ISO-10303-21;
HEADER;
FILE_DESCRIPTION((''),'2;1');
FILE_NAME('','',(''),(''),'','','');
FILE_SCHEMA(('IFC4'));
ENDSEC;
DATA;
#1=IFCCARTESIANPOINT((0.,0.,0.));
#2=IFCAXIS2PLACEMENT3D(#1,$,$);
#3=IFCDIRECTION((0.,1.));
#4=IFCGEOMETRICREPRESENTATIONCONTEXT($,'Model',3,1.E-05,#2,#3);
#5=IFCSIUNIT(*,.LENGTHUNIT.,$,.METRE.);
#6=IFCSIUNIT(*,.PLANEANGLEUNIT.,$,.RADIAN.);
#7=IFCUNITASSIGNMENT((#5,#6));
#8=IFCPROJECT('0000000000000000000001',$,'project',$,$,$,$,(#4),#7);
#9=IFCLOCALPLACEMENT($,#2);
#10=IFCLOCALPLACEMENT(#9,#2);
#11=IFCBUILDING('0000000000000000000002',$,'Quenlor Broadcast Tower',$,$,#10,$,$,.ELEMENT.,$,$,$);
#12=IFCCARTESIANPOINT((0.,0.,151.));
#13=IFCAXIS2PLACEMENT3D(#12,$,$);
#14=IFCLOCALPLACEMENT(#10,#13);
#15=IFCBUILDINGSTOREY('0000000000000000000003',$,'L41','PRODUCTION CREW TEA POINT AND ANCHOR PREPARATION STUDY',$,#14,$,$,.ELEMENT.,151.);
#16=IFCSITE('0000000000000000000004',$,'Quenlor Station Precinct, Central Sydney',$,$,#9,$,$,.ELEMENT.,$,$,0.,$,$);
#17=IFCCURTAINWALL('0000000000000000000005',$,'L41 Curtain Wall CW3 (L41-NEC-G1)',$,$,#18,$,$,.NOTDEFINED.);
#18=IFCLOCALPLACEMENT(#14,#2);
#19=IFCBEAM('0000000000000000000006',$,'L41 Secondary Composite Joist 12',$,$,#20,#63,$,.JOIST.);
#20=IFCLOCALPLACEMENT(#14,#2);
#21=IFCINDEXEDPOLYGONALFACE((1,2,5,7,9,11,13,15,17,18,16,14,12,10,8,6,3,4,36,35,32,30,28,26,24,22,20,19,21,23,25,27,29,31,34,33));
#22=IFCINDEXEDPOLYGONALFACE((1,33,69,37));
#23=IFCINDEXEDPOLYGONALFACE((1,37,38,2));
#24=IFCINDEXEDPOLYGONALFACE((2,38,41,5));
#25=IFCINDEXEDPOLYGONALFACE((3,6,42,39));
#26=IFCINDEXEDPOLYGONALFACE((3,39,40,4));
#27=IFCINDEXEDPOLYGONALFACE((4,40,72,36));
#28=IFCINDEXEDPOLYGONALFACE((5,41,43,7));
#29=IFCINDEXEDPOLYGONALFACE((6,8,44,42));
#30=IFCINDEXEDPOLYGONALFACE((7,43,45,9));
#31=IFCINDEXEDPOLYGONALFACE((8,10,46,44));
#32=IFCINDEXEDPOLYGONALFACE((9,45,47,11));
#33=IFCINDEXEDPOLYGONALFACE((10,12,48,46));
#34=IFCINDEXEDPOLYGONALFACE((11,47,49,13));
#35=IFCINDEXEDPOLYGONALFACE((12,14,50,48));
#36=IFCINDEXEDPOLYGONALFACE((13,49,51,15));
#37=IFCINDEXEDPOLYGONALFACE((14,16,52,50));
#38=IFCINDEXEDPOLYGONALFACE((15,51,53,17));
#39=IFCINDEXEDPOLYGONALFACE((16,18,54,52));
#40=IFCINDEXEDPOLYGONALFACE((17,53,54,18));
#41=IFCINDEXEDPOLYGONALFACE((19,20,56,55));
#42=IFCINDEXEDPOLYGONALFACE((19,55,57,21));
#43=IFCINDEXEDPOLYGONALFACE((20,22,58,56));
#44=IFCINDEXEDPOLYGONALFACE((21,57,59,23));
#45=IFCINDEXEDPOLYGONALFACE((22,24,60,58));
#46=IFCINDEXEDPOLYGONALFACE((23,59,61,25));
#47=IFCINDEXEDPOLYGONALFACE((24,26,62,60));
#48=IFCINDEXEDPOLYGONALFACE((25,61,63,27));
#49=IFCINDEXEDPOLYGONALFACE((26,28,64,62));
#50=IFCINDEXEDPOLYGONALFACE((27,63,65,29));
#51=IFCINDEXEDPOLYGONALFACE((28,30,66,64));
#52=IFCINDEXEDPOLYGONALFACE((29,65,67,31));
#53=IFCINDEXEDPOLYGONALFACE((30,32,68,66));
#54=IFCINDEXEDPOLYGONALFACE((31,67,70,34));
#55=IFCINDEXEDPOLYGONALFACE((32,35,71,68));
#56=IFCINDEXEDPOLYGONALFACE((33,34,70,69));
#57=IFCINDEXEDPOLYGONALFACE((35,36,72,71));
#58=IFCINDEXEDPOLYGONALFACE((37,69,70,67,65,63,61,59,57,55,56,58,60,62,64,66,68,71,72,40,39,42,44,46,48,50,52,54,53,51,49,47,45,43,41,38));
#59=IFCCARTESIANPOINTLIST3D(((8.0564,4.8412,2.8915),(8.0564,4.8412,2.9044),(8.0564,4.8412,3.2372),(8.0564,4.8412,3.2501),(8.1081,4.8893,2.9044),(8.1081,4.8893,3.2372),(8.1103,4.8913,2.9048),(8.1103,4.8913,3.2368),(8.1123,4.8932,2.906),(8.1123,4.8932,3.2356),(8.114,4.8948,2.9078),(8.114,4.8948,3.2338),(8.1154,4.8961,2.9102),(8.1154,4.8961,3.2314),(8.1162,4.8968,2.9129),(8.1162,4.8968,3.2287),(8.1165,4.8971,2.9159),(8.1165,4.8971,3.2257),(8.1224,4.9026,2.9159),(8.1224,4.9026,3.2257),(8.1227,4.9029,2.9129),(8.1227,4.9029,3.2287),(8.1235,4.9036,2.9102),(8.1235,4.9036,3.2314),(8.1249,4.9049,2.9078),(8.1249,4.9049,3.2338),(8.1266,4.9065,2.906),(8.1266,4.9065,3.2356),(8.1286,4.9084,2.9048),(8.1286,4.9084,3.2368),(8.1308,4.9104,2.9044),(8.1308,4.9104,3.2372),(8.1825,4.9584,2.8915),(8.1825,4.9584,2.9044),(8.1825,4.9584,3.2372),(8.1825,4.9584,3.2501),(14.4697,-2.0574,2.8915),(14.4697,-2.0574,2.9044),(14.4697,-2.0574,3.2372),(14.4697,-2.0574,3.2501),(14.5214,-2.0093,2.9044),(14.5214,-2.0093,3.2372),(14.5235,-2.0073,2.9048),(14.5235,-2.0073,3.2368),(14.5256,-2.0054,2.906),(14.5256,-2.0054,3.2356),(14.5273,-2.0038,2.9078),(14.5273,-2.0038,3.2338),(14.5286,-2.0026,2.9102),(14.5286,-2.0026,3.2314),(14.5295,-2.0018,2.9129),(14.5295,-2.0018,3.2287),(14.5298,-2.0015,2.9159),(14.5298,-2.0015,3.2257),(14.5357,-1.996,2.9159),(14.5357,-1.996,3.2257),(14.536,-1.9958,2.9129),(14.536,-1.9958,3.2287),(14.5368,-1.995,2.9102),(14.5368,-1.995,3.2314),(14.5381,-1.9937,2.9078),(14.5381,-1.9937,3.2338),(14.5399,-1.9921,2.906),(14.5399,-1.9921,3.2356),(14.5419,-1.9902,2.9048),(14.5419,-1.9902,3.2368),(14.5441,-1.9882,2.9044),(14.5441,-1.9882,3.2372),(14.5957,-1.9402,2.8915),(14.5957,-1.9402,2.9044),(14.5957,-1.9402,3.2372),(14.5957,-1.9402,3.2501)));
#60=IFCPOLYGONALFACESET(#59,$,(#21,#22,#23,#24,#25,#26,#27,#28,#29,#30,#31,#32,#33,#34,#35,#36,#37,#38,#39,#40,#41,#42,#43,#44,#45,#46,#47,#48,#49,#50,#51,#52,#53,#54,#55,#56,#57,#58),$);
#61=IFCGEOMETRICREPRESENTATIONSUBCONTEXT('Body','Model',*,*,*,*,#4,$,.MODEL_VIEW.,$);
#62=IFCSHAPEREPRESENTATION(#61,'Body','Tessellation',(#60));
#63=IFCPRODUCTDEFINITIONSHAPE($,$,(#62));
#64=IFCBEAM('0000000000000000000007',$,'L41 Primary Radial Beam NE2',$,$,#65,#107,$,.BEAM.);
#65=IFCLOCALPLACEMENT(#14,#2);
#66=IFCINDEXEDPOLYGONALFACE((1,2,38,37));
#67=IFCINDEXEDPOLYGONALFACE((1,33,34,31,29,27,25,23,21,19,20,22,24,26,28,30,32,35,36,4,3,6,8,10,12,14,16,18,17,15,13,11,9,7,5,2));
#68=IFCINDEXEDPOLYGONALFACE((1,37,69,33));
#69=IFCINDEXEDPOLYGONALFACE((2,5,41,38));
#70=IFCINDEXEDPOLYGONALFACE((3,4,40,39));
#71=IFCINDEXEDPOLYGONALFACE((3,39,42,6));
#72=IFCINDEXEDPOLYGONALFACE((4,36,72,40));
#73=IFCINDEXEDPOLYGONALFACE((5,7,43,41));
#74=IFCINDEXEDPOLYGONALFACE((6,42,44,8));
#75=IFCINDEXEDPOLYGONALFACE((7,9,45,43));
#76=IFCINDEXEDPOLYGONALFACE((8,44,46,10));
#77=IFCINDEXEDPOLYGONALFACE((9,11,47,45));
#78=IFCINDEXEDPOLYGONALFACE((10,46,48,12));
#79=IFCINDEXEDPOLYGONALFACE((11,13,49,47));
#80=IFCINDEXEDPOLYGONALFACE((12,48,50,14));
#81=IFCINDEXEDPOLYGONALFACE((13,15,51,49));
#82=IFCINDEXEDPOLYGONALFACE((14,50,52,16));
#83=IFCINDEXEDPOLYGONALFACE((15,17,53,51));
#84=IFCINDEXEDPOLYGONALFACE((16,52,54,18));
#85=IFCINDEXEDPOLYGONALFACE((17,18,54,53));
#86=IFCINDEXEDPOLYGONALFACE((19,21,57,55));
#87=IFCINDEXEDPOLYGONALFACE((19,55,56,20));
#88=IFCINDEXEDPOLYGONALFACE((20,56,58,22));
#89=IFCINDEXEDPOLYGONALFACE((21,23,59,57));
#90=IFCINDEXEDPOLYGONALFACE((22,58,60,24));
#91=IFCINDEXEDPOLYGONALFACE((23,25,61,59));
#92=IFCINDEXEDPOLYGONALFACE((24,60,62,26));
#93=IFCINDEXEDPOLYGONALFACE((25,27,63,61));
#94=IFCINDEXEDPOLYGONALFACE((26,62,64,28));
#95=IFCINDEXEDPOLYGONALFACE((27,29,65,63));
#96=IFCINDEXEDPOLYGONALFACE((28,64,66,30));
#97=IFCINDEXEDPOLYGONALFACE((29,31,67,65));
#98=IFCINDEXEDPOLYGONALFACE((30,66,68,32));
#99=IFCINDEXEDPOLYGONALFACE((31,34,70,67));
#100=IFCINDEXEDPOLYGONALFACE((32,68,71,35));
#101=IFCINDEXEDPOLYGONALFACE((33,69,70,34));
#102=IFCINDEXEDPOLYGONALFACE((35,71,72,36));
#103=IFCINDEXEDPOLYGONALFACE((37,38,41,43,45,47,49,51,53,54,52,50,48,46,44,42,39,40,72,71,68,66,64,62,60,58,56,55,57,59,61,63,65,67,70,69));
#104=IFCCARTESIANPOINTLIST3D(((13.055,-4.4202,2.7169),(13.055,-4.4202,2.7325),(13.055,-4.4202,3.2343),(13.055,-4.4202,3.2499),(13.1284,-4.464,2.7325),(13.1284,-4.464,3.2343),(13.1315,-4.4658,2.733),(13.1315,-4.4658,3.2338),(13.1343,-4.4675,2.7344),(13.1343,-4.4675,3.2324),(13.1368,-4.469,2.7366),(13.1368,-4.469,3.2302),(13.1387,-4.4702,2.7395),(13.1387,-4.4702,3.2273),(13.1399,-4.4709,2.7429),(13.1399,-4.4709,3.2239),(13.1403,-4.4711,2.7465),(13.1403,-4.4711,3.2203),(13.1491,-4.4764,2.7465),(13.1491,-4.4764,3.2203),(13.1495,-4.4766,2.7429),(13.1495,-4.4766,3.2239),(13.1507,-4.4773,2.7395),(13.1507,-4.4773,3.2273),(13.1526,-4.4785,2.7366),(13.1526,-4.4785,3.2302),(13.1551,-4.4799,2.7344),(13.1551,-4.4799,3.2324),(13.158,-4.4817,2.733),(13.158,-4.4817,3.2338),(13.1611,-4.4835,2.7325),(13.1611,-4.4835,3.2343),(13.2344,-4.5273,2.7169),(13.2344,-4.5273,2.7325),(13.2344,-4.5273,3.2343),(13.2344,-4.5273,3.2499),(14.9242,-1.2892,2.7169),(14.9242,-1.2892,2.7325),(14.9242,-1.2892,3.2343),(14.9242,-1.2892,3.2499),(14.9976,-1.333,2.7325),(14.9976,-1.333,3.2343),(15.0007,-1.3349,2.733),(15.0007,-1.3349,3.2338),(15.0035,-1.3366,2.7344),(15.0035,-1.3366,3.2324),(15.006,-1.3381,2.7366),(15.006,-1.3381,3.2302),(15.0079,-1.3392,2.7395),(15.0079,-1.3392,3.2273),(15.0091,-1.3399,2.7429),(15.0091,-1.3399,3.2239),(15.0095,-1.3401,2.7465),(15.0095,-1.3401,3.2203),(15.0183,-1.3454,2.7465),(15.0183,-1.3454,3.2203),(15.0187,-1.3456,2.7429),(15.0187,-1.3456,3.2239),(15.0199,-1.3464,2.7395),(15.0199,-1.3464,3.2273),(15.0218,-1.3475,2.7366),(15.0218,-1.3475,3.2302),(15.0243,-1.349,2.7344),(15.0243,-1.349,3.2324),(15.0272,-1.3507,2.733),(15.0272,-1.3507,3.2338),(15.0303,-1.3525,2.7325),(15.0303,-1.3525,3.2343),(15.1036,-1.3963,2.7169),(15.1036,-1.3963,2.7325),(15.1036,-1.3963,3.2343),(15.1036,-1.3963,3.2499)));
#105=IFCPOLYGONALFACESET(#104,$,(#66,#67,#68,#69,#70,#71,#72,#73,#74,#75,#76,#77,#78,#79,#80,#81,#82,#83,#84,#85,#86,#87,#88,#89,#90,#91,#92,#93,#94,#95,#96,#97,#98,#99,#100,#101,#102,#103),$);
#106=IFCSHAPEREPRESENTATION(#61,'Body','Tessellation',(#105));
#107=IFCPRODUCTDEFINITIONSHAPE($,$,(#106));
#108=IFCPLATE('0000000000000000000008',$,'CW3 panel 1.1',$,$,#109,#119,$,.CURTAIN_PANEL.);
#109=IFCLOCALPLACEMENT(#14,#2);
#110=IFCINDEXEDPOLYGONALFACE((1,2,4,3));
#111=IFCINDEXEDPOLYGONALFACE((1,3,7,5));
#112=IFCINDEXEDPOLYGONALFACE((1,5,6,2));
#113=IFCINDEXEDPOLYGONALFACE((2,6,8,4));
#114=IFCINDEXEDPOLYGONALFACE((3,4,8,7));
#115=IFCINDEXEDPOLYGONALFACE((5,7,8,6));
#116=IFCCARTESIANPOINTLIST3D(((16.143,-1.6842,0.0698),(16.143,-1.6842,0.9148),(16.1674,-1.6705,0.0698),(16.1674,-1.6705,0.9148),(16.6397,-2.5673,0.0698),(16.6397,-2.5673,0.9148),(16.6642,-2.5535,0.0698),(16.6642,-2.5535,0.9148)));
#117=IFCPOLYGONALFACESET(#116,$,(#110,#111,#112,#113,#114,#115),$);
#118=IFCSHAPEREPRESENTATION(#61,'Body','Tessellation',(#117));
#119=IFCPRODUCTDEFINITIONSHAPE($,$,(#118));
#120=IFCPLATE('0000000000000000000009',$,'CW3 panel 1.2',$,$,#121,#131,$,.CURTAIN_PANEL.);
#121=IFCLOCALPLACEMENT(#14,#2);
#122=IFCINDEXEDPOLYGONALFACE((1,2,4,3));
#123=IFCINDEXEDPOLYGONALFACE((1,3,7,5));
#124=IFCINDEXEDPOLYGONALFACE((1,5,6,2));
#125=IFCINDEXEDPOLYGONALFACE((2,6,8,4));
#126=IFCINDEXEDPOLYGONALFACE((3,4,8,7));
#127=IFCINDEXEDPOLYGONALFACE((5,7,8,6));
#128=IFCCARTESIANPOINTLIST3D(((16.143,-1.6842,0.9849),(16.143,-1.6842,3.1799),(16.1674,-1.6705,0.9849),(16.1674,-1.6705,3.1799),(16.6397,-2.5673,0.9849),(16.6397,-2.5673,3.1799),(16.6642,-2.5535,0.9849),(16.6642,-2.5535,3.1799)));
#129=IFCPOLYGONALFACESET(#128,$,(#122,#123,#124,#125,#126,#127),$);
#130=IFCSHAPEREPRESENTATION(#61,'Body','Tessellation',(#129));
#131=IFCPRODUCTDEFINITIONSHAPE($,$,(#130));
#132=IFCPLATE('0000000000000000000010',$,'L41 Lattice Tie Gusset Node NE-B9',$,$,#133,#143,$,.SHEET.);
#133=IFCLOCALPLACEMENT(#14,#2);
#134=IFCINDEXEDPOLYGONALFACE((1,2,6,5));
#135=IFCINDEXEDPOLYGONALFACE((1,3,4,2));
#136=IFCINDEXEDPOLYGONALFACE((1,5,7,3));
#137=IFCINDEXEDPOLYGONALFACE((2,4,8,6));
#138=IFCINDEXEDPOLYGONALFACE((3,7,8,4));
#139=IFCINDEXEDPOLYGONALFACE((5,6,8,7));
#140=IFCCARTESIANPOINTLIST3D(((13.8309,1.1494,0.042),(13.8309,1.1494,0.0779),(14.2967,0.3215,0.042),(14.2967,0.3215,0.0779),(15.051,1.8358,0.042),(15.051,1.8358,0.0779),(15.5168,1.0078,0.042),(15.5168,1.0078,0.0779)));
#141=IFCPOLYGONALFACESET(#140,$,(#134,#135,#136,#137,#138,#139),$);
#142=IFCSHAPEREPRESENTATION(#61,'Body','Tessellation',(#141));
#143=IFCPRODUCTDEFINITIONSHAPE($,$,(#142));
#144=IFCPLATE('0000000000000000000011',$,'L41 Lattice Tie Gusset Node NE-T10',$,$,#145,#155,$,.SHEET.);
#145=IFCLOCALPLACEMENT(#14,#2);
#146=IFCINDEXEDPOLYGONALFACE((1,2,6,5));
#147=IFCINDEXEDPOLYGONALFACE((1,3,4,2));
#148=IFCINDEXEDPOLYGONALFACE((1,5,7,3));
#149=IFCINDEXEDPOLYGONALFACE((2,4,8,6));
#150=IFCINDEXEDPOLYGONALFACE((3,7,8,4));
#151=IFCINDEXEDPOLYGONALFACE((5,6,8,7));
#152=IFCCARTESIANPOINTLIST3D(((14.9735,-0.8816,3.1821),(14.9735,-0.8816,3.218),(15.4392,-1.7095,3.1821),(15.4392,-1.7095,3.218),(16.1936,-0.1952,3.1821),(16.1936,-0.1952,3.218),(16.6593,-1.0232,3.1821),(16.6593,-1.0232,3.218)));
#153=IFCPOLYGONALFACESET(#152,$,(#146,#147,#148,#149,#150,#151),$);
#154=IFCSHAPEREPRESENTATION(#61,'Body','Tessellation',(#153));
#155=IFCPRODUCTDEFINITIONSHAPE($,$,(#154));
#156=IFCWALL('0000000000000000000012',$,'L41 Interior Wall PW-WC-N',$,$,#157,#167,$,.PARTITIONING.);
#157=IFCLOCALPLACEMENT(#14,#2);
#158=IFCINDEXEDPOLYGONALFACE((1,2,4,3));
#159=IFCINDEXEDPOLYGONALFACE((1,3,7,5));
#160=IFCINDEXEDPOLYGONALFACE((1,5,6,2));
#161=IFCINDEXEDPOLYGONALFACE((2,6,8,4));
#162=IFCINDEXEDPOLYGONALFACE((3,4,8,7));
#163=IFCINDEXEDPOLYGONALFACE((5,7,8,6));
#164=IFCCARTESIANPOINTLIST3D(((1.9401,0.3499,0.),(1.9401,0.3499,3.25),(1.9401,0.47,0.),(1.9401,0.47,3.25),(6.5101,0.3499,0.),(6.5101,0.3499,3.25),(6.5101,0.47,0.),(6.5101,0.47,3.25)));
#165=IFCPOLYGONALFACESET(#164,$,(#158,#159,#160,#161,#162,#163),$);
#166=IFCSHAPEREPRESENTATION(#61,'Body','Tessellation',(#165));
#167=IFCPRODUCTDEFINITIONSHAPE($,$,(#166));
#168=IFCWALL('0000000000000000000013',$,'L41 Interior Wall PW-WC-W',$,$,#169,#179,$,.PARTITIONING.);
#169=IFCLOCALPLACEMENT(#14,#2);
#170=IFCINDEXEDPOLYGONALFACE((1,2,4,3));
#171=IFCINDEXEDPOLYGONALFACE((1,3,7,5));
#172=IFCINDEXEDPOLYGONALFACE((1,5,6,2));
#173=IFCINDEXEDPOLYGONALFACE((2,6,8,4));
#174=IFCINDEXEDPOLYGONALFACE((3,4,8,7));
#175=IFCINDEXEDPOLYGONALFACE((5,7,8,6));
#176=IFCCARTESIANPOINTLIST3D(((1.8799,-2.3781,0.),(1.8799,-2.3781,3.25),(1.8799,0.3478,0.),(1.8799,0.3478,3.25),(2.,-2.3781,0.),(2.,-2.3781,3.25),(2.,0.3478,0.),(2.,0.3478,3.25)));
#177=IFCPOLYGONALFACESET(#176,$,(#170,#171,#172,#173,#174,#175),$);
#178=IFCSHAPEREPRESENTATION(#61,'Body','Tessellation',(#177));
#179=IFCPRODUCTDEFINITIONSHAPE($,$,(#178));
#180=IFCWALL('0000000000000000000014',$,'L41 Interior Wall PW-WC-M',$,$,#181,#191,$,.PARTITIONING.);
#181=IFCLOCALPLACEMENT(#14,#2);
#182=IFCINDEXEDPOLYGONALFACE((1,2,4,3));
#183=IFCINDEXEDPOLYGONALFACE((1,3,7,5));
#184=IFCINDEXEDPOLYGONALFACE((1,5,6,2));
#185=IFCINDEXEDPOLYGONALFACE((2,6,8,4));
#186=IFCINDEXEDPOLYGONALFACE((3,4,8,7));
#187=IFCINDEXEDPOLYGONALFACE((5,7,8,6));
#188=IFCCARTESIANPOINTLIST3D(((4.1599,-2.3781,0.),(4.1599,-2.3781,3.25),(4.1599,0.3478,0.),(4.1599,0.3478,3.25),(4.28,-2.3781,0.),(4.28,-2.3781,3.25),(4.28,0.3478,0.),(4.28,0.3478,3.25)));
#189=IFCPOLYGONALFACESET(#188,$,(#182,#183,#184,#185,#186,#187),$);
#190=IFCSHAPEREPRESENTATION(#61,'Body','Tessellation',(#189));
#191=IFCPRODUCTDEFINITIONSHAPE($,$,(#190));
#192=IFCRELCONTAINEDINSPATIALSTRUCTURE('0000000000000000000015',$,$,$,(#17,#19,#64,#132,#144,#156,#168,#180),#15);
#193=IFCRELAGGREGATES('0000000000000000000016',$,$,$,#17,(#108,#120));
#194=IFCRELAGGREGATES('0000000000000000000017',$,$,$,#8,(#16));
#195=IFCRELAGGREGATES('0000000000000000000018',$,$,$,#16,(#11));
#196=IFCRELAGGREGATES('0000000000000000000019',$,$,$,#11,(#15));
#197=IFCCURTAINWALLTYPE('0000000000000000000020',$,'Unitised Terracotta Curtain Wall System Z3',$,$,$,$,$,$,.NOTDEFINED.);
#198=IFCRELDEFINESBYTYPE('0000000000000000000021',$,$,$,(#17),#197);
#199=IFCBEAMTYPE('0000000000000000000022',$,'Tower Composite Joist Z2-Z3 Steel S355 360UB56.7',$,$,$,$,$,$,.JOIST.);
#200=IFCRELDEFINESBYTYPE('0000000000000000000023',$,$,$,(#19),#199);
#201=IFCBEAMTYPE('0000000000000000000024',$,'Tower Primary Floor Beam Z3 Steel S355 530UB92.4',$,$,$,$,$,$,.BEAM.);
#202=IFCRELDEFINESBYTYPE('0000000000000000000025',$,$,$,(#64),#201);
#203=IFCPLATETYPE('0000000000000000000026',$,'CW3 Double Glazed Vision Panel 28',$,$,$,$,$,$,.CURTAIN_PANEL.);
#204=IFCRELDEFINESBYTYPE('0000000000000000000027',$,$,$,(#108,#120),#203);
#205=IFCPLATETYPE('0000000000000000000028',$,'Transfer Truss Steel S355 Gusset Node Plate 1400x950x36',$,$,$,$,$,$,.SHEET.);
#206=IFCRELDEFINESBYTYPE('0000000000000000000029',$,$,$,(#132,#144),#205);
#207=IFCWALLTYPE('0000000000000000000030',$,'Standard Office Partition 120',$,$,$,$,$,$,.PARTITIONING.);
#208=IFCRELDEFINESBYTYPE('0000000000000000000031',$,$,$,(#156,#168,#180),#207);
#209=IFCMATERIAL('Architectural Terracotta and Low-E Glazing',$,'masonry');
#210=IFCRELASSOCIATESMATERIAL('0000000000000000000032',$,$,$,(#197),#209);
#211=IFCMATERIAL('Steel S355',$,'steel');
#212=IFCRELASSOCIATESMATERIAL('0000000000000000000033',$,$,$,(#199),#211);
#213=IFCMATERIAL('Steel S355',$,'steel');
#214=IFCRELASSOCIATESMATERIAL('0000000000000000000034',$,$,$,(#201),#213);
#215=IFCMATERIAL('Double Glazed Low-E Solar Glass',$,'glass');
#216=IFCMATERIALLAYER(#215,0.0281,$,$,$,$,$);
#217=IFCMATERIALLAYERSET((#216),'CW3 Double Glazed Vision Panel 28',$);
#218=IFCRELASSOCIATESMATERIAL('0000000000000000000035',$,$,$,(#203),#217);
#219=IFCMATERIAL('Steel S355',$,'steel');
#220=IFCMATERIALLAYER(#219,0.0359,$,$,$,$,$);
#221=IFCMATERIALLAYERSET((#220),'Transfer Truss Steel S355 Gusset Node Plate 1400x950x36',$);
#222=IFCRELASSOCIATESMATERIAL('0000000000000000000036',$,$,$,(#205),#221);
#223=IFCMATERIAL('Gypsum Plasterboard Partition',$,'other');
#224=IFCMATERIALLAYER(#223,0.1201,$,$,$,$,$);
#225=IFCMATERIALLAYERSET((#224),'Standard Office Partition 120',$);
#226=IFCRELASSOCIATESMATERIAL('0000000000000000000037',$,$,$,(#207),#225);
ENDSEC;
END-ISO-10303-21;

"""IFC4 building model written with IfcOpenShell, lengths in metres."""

from ifc_helpers import new_model, si_unit, direction, frame, frame_2d, origin, origin_2d, place, context, subcontext, project, spatial, rectangle, i_section, extrude, material, layer, layer_set, material_profile, profile_set, type_object, element, aggregate, save


model = new_model("IFC4")

# Units and contexts
model_context = context("Model", 3, precision=1e-05, world=origin(), true_north=direction((0.0, 1.0)))
body_context = subcontext(model_context, "Body", "Model", "MODEL_VIEW")
ifc_project = project(units=[si_unit("LENGTHUNIT", "METRE"), si_unit("PLANEANGLEUNIT", "RADIAN")], contexts=[model_context])

# Site, building, storey
site_placement = place(None, origin())
site = spatial("IfcSite", under=ifc_project, at=site_placement, Name="Quenlor Station Precinct, Central Sydney", CompositionType="ELEMENT", RefElevation=0.0)
building_placement = place(site_placement, origin())
building = spatial("IfcBuilding", under=site, at=building_placement, Name="Quenlor Broadcast Tower", CompositionType="ELEMENT")
storey_placement = place(building_placement, frame((0.0, 0.0, 151.0)))
storey = spatial("IfcBuildingStorey", under=building, at=storey_placement, Name="L41", Description="PRODUCTION CREW TEA POINT AND ANCHOR PREPARATION STUDY", CompositionType="ELEMENT", Elevation=151.0)

# Curtain wall
ifc_material_1 = material(Name="Architectural Terracotta and Low-E Glazing", Category="masonry")
curtain_wall_type = type_object("IfcCurtainWallType", Name="Unitised Terracotta Curtain Wall System Z3", PredefinedType="NOTDEFINED", material=ifc_material_1)
curtain_wall_placement = place(storey_placement, origin())
curtain_wall = element("IfcCurtainWall", 1, at=curtain_wall_placement, inside=storey, type_object=curtain_wall_type, Name="L41 Curtain Wall CW3 (L41-NEC-G1)", PredefinedType="NOTDEFINED")

# Beams
ifc_material_2 = material(Name="Steel S355", Category="steel")
ifc_material_profile_1 = material_profile(ifc_material_2, i_section(OverallWidth=0.1721, OverallDepth=0.3586, WebThickness=0.0081, FlangeThickness=0.0129, FilletRadius=0.0115, at=origin_2d()))
ifc_profile_set_1 = profile_set([ifc_material_profile_1], Name="Steel S355 360UB56.7")
beam_type_1 = type_object("IfcBeamType", Name="Tower Composite Joist Z2-Z3 Steel S355 360UB56.7", PredefinedType="JOIST", material=ifc_profile_set_1)
beam_1_placement = place(storey_placement, frame((14.5327, -1.9988, 3.0708), z_axis=(-0.680874, 0.732401, 0.0), x_axis=(-0.732401, -0.680874, 0.0)))
element("IfcBeam", 2, at=beam_1_placement, inside=storey, type_object=beam_type_1, Name="L41 Secondary Composite Joist 12", PredefinedType="JOIST", context=body_context, shape_type="SweptSolid", body=[
    extrude(i_section(OverallWidth=0.1721, OverallDepth=0.3586, WebThickness=0.0081, FlangeThickness=0.0129, FilletRadius=0.0115, at=origin_2d()), origin(), (0.0, 0.0, 1.0), 9.4192),
])
ifc_material_3 = material(Name="Steel S355", Category="steel")
ifc_material_profile_2 = material_profile(ifc_material_3, i_section(OverallWidth=0.209, OverallDepth=0.533, WebThickness=0.0103, FlangeThickness=0.0156, FilletRadius=0.0139, at=origin_2d()))
ifc_profile_set_2 = profile_set([ifc_material_profile_2], Name="Steel S355 530UB92.4")
beam_type_2 = type_object("IfcBeamType", Name="Tower Primary Floor Beam Z3 Steel S355 530UB92.4", PredefinedType="BEAM", material=ifc_profile_set_2)
beam_2_placement = place(storey_placement, frame((15.0139, -1.3428, 2.9834), z_axis=(-0.512604, -0.858625, 0.0), x_axis=(0.858625, -0.512604, 0.0)))
element("IfcBeam", 3, at=beam_2_placement, inside=storey, type_object=beam_type_2, Name="L41 Primary Radial Beam NE2", PredefinedType="BEAM", context=body_context, shape_type="SweptSolid", body=[
    extrude(i_section(OverallWidth=0.209, OverallDepth=0.533, WebThickness=0.0103, FlangeThickness=0.0156, FilletRadius=0.0139, at=origin_2d()), origin(), (0.0, 0.0, 1.0), 3.6465),
])

# Plates
ifc_material_4 = material(Name="Double Glazed Low-E Solar Glass", Category="glass")
ifc_layer_1 = layer(ifc_material_4, 0.0281)
ifc_layer_set_1 = layer_set([ifc_layer_1], Name="CW3 Double Glazed Vision Panel 28")
plate_type_1 = type_object("IfcPlateType", Name="CW3 Double Glazed Vision Panel 28", PredefinedType="CURTAIN_PANEL", material=ifc_layer_set_1)
plate_1_placement = place(storey_placement, frame((16.4036, -2.1189, 0.0698), z_axis=(0.0, 0.0, 1.0), x_axis=(0.490253, -0.87158, 0.0)))
plate_1 = element("IfcPlate", 4, at=plate_1_placement, type_object=plate_type_1, Name="CW3 panel 1.1", PredefinedType="CURTAIN_PANEL", context=body_context, shape_type="SweptSolid", body=[
    extrude(rectangle(XDim=1.0132, YDim=0.0281, at=origin_2d()), origin(), (0.0, 0.0, 1.0), 0.845),
])
plate_2_placement = place(storey_placement, frame((16.4036, -2.1189, 0.9849), z_axis=(0.0, 0.0, 1.0), x_axis=(0.490253, -0.87158, 0.0)))
plate_2 = element("IfcPlate", 5, at=plate_2_placement, type_object=plate_type_1, Name="CW3 panel 1.2", PredefinedType="CURTAIN_PANEL", context=body_context, shape_type="SweptSolid", body=[
    extrude(rectangle(XDim=1.0132, YDim=0.0281, at=origin_2d()), origin(), (0.0, 0.0, 1.0), 2.1951),
])
aggregate(curtain_wall, [plate_1, plate_2])

# Plates
ifc_material_5 = material(Name="Steel S355", Category="steel")
ifc_layer_2 = layer(ifc_material_5, 0.0359)
ifc_layer_set_2 = layer_set([ifc_layer_2], Name="Transfer Truss Steel S355 Gusset Node Plate 1400x950x36")
plate_type_2 = type_object("IfcPlateType", Name="Transfer Truss Steel S355 Gusset Node Plate 1400x950x36", PredefinedType="SHEET", material=ifc_layer_set_2)
for number, where, z_axis, x_axis, name in (
    (6, (14.6738, 1.0786, 0.042), (0.0, 0.0, 1.0), (0.871556, 0.490295, 0.0), "L41 Lattice Tie Gusset Node NE-B9"),
    (7, (15.8164, -0.9524, 3.1821), (0.0, 0.0, 1.0), (0.871556, 0.490295, 0.0), "L41 Lattice Tie Gusset Node NE-T10"),
):
    element("IfcPlate", number, at=place(storey_placement, frame(where, z_axis=z_axis, x_axis=x_axis)), inside=storey, type_object=plate_type_2, Name=name, PredefinedType="SHEET", context=body_context, shape_type="SweptSolid", body=[
        extrude(rectangle(XDim=1.3999, YDim=0.95, at=origin_2d()), origin(), (0.0, 0.0, 1.0), 0.0359),
    ])

# Shared definitions
ifc_material_6 = material(Name="Gypsum Plasterboard Partition", Category="other")
ifc_layer_3 = layer(ifc_material_6, 0.1201)
ifc_layer_set_3 = layer_set([ifc_layer_3], Name="Standard Office Partition 120")
wall_type_1 = type_object("IfcWallType", Name="Standard Office Partition 120", PredefinedType="PARTITIONING", material=ifc_layer_set_3)

# Walls
wall_1_placement = place(storey_placement, frame((1.9399, 0.4099, 0.0), z_axis=(0.0, 0.0, 1.0), x_axis=(1.0, 0.0, 0.0)))
element("IfcWall", 8, at=wall_1_placement, inside=storey, type_object=wall_type_1, Name="L41 Interior Wall PW-WC-N", PredefinedType="PARTITIONING", context=body_context, shape_type="SweptSolid", body=[
    extrude(rectangle(XDim=4.5701, YDim=0.1201, at=frame_2d((2.2852, 0.0))), origin(), (0.0, 0.0, 1.0), 3.25),
])
for number, where, z_axis, x_axis, name in (
    (9, (1.9399, -2.3779, 0.0), (0.0, 0.0, 1.0), (0.0, 1.0, 0.0), "L41 Interior Wall PW-WC-W"),
    (10, (4.22, -2.3779, 0.0), (0.0, 0.0, 1.0), (0.0, 1.0, 0.0), "L41 Interior Wall PW-WC-M"),
):
    element("IfcWall", number, at=place(storey_placement, frame(where, z_axis=z_axis, x_axis=x_axis)), inside=storey, type_object=wall_type_1, Name=name, PredefinedType="PARTITIONING", context=body_context, shape_type="SweptSolid", body=[
        extrude(rectangle(XDim=2.7258, YDim=0.1201, at=frame_2d((1.3628, 0.0))), origin(), (0.0, 0.0, 1.0), 3.25),
    ])

save(model, "model.ifc")
